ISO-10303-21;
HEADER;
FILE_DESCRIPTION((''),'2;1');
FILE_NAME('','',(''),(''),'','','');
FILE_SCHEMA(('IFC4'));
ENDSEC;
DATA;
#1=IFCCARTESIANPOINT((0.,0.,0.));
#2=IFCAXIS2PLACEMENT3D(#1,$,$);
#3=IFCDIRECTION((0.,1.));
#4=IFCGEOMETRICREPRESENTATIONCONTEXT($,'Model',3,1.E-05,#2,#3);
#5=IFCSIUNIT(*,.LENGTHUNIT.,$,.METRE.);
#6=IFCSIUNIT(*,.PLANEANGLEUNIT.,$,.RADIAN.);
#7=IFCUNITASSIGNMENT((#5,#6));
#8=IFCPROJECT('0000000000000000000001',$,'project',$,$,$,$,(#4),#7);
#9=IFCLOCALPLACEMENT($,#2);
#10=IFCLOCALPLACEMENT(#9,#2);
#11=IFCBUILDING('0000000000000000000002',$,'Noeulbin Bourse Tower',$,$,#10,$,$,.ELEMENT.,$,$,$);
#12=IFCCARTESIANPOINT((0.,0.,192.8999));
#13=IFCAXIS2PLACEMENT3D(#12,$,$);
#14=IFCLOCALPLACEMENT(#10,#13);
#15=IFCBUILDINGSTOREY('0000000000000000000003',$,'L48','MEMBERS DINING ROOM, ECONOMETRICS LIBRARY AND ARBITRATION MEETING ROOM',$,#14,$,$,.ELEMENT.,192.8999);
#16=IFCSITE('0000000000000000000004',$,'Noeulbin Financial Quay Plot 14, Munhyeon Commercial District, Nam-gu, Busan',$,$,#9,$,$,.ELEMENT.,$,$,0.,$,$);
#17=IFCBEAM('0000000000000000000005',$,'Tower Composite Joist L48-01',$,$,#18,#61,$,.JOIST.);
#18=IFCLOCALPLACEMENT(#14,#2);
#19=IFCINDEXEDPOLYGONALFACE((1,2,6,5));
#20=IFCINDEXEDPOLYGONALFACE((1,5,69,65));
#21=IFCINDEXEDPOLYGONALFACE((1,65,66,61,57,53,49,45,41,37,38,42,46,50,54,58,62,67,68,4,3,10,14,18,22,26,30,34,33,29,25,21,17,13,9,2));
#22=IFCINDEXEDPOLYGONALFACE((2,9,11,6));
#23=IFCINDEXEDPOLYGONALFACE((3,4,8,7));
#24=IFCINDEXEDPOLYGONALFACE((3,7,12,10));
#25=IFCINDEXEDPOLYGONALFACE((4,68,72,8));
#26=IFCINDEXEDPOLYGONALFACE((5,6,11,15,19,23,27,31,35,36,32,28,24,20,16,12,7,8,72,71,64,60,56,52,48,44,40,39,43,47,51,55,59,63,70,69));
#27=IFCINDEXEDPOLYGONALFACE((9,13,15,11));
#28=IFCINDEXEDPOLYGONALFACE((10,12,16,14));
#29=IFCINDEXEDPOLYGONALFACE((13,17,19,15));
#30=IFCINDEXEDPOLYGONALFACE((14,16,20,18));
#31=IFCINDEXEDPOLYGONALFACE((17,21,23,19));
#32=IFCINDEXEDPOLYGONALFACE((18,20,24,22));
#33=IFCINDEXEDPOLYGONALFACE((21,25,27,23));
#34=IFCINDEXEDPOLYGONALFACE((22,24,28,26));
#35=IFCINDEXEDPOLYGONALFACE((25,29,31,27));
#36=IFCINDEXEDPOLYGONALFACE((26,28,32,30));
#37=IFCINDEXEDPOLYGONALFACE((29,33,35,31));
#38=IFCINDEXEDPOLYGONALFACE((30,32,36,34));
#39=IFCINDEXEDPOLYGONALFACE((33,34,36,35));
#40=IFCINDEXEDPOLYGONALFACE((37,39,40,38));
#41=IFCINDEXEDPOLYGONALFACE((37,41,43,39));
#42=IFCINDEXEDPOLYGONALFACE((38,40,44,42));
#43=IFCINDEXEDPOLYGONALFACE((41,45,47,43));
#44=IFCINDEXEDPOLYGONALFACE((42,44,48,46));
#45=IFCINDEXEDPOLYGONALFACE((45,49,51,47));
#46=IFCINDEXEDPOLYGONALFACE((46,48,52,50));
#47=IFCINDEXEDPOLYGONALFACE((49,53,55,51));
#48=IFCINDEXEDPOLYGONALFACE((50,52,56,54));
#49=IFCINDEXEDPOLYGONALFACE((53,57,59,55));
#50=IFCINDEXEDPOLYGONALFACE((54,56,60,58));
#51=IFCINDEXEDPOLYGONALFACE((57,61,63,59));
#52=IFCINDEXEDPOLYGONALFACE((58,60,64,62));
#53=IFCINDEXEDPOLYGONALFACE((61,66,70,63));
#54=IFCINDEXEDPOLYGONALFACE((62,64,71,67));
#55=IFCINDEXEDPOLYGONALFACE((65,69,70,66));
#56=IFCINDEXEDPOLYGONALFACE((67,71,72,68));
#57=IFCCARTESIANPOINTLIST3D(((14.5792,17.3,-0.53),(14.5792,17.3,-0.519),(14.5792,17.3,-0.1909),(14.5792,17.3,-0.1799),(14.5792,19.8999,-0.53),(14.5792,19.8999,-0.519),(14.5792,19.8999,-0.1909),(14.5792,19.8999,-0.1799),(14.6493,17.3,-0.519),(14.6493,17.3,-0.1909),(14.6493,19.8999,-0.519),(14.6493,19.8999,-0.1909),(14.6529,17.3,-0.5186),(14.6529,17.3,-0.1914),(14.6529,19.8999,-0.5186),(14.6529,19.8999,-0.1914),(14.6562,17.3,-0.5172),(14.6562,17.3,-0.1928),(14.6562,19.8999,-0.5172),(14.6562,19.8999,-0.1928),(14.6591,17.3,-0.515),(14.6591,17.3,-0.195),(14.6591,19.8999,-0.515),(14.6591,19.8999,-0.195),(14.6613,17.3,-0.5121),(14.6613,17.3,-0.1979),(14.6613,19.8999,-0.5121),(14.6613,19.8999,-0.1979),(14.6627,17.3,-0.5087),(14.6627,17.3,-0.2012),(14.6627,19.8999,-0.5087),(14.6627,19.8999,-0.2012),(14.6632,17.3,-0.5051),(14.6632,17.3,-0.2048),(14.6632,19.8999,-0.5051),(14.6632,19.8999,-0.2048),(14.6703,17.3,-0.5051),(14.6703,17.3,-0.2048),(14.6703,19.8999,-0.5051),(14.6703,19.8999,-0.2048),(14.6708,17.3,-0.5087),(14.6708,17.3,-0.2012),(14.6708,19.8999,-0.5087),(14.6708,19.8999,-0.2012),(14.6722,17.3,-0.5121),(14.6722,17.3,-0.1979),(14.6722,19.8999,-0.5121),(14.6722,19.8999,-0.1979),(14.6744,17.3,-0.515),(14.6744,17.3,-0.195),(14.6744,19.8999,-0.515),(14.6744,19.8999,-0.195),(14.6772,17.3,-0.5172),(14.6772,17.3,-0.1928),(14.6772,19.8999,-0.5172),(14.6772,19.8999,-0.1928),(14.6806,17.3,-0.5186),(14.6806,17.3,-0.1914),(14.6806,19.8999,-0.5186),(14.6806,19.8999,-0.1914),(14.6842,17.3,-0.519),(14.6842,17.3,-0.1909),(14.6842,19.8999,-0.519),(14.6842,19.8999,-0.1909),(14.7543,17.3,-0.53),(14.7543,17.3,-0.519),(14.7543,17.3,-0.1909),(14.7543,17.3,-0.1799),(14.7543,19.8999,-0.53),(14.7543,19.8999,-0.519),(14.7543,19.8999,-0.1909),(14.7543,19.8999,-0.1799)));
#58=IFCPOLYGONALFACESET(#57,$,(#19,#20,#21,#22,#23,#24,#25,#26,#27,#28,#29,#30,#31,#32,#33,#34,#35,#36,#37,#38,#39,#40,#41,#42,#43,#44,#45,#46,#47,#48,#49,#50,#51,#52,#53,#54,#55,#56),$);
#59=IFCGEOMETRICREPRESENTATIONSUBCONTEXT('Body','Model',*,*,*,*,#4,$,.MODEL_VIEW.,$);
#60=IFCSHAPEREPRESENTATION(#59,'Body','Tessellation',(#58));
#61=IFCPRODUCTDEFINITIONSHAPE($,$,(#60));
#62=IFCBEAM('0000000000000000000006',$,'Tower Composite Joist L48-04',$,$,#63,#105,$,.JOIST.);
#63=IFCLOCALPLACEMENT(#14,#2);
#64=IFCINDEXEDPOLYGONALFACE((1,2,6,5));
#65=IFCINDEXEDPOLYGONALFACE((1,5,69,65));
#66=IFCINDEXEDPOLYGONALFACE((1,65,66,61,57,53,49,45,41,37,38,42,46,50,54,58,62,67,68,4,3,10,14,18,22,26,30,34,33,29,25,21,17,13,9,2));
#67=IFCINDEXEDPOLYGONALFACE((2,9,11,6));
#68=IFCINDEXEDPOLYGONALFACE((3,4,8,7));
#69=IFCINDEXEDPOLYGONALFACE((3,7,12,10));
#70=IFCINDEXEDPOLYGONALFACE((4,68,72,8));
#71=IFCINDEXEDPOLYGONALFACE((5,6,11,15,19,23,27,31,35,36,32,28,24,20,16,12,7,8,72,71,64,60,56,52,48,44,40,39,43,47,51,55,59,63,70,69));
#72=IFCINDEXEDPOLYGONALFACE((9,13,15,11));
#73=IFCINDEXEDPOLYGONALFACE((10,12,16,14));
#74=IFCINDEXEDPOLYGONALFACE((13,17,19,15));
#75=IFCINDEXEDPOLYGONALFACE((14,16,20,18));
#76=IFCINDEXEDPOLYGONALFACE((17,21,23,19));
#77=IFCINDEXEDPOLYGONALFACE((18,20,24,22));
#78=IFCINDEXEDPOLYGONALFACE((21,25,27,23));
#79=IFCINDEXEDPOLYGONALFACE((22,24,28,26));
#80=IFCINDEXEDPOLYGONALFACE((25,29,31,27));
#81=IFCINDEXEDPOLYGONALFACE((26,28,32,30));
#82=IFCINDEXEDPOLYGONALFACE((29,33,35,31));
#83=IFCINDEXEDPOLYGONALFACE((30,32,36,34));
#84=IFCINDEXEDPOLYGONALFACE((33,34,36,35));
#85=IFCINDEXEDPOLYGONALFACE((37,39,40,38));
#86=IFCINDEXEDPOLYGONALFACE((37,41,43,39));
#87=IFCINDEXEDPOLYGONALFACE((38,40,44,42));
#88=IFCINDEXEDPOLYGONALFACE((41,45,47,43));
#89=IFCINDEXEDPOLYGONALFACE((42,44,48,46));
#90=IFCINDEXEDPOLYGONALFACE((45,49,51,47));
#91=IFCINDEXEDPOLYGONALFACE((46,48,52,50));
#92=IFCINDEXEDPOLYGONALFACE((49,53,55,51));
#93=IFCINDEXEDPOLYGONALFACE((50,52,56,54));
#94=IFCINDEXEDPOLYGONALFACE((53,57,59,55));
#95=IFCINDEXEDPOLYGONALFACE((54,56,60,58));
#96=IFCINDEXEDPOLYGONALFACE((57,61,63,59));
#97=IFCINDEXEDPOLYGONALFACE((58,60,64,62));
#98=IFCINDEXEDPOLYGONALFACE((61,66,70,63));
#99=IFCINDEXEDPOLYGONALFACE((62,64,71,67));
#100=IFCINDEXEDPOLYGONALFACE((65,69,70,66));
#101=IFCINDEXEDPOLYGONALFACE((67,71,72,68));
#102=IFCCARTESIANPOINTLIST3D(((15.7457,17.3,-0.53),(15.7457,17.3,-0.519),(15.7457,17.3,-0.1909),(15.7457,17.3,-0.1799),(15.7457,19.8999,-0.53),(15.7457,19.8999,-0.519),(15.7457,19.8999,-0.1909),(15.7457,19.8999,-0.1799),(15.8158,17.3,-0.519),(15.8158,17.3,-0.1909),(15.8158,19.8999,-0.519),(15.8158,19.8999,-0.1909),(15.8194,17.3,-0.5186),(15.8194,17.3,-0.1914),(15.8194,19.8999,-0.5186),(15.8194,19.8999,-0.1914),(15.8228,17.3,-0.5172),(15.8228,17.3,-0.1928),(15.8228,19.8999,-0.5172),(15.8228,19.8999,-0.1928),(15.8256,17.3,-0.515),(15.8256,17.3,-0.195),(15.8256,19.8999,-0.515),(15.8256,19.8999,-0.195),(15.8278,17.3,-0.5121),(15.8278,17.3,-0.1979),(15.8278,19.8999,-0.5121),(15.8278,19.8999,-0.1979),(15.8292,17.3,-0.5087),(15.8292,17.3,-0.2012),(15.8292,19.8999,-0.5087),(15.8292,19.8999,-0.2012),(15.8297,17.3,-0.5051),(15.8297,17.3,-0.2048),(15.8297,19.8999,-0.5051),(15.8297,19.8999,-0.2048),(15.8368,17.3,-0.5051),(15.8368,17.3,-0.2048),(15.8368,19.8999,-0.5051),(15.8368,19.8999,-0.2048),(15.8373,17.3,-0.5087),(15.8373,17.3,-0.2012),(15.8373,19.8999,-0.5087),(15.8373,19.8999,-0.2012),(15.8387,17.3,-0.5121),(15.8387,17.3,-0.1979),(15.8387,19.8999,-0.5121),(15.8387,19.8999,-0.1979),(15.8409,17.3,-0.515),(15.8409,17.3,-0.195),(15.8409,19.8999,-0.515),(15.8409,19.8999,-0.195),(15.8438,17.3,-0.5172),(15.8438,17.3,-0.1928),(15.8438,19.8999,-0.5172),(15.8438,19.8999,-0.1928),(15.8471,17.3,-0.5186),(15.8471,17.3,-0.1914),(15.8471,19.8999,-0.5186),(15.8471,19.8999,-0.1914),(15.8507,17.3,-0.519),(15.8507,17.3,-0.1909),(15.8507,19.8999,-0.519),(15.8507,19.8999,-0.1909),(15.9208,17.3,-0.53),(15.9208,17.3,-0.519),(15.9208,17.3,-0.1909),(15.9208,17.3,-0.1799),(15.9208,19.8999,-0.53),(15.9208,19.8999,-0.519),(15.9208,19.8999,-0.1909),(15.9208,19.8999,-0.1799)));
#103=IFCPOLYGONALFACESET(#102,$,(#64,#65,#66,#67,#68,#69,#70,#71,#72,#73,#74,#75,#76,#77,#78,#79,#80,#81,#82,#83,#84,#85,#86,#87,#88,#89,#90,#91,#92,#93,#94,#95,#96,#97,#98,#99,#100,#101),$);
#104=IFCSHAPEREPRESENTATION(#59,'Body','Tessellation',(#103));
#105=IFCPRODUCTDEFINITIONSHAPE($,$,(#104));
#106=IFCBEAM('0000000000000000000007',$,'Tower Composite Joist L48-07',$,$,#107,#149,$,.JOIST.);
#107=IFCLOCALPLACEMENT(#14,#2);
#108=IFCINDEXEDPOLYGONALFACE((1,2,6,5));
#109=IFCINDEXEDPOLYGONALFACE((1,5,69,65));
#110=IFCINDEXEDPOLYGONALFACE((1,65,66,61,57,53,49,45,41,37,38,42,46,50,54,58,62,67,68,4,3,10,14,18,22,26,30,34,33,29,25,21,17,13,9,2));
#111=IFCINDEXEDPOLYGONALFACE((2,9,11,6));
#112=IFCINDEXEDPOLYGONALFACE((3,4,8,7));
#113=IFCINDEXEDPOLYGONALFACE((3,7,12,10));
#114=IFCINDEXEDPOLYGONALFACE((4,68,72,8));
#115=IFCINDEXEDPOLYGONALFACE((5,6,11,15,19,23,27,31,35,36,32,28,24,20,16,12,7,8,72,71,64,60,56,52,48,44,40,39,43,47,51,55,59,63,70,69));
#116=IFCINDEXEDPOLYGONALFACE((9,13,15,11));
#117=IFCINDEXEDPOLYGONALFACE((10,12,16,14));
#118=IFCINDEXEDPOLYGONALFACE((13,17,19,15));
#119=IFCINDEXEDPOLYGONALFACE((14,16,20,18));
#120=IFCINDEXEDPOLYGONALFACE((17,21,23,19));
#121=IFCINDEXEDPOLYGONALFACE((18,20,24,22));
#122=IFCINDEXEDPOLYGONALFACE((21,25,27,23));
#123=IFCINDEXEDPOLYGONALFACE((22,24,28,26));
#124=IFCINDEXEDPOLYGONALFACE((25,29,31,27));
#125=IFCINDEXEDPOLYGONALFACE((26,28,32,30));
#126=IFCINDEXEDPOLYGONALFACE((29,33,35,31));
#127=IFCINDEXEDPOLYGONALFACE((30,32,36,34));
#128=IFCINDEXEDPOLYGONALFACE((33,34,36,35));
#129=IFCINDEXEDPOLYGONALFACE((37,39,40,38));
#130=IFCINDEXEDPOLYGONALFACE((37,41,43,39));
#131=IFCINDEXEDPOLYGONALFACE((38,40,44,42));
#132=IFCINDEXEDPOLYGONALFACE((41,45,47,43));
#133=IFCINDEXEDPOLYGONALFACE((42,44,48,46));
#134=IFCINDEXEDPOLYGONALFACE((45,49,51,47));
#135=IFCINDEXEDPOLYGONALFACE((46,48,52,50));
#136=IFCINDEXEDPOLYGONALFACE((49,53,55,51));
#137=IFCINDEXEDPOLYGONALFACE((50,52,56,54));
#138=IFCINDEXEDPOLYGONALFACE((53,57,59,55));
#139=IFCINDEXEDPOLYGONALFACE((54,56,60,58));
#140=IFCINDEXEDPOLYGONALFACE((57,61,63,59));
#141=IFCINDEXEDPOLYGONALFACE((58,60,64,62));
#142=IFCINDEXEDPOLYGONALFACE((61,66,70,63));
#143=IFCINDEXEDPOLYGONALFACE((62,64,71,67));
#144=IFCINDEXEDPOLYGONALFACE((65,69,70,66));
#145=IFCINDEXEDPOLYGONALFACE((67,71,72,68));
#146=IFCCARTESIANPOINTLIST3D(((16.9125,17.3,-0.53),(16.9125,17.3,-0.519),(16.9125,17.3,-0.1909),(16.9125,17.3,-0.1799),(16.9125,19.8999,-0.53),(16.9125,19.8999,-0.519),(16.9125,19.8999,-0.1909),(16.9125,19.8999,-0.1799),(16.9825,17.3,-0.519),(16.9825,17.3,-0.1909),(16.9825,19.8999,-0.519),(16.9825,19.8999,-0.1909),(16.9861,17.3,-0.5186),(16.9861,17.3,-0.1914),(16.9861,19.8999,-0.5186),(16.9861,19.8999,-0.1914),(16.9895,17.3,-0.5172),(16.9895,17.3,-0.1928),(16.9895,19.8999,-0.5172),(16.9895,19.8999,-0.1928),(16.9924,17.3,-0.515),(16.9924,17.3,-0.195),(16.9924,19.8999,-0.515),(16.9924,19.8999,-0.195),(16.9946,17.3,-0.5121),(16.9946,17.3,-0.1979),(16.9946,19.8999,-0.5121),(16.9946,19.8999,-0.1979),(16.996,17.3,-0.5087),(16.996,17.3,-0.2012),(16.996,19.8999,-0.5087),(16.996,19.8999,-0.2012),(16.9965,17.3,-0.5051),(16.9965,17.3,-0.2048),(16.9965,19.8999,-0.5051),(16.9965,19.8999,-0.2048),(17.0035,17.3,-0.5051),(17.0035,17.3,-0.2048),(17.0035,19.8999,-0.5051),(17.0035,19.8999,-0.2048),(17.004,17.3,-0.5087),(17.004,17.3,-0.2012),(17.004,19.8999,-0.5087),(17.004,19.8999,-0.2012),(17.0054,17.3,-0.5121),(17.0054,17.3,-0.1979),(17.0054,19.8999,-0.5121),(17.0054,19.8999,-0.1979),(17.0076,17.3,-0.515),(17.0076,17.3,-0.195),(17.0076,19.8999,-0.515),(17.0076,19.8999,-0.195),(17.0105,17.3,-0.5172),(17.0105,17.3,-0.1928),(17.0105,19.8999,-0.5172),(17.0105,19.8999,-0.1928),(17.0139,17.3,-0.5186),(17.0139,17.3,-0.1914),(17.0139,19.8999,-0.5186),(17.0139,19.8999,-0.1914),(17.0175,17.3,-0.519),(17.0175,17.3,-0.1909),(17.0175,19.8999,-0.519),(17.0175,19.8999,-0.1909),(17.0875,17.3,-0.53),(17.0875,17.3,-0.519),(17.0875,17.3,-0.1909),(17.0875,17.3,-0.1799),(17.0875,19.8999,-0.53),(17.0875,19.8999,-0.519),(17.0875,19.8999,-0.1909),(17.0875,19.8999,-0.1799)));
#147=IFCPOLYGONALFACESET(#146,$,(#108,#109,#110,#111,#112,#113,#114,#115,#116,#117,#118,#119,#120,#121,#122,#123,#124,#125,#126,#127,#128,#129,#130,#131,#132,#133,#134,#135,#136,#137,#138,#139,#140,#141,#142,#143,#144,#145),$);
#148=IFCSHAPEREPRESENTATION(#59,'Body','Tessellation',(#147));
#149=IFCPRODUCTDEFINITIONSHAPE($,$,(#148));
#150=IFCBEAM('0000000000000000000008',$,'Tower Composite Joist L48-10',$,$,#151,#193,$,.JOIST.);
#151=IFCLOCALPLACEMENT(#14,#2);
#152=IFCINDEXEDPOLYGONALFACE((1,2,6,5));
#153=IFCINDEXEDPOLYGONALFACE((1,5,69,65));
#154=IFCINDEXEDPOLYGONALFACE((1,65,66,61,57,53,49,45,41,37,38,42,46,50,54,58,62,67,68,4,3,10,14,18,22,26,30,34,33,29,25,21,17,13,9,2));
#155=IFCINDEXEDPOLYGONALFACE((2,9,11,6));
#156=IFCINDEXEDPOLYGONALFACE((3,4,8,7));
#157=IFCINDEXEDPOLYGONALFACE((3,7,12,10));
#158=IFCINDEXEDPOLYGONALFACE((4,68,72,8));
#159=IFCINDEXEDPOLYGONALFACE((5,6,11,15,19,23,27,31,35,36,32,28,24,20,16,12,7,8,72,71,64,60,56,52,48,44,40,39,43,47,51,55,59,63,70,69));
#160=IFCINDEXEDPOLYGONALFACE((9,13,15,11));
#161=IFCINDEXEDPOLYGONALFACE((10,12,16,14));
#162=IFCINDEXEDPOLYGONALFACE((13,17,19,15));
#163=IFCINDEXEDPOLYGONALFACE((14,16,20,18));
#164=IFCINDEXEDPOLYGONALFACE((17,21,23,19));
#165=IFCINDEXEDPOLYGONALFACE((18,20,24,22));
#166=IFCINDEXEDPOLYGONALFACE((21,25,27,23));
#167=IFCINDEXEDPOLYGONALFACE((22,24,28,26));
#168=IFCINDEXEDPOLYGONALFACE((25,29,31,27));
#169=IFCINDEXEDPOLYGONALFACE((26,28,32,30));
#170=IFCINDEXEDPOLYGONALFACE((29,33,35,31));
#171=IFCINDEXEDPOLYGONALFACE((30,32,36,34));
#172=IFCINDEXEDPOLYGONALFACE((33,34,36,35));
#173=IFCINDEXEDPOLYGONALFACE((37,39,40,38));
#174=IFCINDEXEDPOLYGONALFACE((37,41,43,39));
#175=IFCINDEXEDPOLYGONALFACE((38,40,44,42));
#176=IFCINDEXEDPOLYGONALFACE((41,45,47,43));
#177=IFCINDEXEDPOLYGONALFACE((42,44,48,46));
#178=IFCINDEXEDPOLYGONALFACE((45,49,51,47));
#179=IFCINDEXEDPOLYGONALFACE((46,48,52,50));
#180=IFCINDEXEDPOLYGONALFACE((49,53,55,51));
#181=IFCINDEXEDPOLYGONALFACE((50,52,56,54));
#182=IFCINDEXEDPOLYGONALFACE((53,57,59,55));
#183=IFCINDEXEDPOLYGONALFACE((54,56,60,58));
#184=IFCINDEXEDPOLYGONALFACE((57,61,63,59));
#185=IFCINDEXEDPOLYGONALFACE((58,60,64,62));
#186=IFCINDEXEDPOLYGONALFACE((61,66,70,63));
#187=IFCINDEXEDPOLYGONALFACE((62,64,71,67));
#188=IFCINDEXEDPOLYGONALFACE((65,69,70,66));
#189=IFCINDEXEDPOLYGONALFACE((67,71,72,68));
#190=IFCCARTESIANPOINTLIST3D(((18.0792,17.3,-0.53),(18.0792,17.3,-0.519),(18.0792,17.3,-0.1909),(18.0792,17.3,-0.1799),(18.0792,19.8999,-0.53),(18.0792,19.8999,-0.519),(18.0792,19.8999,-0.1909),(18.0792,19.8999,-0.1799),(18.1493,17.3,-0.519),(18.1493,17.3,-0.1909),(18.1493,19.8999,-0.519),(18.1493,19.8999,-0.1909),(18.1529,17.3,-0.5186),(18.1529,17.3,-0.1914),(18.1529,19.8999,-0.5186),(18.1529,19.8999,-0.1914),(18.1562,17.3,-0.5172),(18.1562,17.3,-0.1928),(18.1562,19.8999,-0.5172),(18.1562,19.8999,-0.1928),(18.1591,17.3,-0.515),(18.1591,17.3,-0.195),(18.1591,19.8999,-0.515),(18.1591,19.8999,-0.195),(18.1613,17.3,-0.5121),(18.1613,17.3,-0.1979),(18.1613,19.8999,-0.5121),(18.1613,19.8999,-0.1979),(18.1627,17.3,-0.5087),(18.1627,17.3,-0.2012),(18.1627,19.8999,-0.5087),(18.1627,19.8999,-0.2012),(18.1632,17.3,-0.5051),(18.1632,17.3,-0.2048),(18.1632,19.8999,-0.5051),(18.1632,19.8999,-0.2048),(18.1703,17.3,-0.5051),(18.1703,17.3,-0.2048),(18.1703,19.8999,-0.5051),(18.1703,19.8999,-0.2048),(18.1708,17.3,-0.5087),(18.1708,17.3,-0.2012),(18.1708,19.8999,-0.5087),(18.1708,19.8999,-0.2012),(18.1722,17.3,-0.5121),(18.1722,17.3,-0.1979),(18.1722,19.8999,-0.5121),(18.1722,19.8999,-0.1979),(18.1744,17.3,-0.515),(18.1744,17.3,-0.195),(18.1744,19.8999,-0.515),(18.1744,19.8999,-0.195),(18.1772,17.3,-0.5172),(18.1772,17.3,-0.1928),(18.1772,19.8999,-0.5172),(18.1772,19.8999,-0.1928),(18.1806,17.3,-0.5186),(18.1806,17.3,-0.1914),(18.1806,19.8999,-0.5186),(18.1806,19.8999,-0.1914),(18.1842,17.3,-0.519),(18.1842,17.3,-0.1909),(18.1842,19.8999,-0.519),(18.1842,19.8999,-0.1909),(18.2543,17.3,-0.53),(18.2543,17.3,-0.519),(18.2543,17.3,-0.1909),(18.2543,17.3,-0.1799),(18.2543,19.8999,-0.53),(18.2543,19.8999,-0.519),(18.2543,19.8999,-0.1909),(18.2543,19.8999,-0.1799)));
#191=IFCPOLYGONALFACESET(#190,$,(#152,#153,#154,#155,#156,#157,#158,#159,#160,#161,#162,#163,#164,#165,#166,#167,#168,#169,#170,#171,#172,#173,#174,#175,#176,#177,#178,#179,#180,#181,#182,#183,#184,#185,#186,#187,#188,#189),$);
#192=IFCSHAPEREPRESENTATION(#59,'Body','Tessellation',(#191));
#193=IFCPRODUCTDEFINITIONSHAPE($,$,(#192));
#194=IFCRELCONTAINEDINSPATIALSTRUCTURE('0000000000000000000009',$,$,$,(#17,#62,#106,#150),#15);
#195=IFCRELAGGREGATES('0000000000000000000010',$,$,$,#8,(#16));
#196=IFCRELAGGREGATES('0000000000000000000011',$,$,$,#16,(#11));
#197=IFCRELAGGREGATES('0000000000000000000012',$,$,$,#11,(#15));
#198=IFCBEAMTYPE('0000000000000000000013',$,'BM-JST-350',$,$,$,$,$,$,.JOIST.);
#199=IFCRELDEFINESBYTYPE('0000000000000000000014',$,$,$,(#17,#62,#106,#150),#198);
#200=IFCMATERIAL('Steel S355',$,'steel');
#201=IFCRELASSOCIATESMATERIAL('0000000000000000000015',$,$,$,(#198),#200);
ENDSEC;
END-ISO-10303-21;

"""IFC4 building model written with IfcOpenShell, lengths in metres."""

from ifc_helpers import new_model, si_unit, direction, frame, origin, origin_2d, place, context, subcontext, project, spatial, i_section, extrude, material, material_profile, profile_set, type_object, element, save


model = new_model("IFC4")

# Units and contexts
model_context = context("Model", 3, precision=1e-05, world=origin(), true_north=direction((0.0, 1.0)))
body_context = subcontext(model_context, "Body", "Model", "MODEL_VIEW")
ifc_project = project(units=[si_unit("LENGTHUNIT", "METRE"), si_unit("PLANEANGLEUNIT", "RADIAN")], contexts=[model_context])

# Site, building, storey
site_placement = place(None, origin())
site = spatial("IfcSite", under=ifc_project, at=site_placement, Name="Noeulbin Financial Quay Plot 14, Munhyeon Commercial District, Nam-gu, Busan", CompositionType="ELEMENT", RefElevation=0.0)
building_placement = place(site_placement, origin())
building = spatial("IfcBuilding", under=site, at=building_placement, Name="Noeulbin Bourse Tower", CompositionType="ELEMENT")
storey_placement = place(building_placement, frame((0.0, 0.0, 192.8999)))
storey = spatial("IfcBuildingStorey", under=building, at=storey_placement, Name="L48", Description="MEMBERS DINING ROOM, ECONOMETRICS LIBRARY AND ARBITRATION MEETING ROOM", CompositionType="ELEMENT", Elevation=192.8999)

# Shared definitions
ifc_material_1 = material(Name="Steel S355", Category="steel")

# Beams
ifc_material_profile_1 = material_profile(ifc_material_1, i_section(OverallWidth=0.175, OverallDepth=0.3501, WebThickness=0.0071, FlangeThickness=0.011, FilletRadius=0.0139, at=origin_2d()), Name="H-350x175x7x11", Category="LoadBearing")
ifc_profile_set_1 = profile_set([ifc_material_profile_1], Name="Steel S355")
beam_type_1 = type_object("IfcBeamType", Name="BM-JST-350", PredefinedType="JOIST", material=ifc_profile_set_1)
for number, where, z_axis, x_axis, name in (
    (1, (14.6667, 17.3, -0.355), (0.0, 1.0, 0.0), (-1.0, 0.0, 0.0), "Tower Composite Joist L48-01"),
    (2, (15.8333, 17.3, -0.355), (0.0, 1.0, 0.0), (-1.0, 0.0, 0.0), "Tower Composite Joist L48-04"),
    (3, (17.0, 17.3, -0.355), (0.0, 1.0, 0.0), (-1.0, 0.0, 0.0), "Tower Composite Joist L48-07"),
    (4, (18.1667, 17.3, -0.355), (0.0, 1.0, 0.0), (-1.0, 0.0, 0.0), "Tower Composite Joist L48-10"),
):
    element("IfcBeam", number, at=place(storey_placement, frame(where, z_axis=z_axis, x_axis=x_axis)), inside=storey, type_object=beam_type_1, Name=name, PredefinedType="JOIST", context=body_context, shape_type="SweptSolid", body=[
        extrude(i_section(OverallWidth=0.175, OverallDepth=0.3501, WebThickness=0.0071, FlangeThickness=0.011, FilletRadius=0.0139, at=origin_2d()), origin(), (0.0, 0.0, 1.0), 2.5999),
    ])

save(model, "model.ifc")
